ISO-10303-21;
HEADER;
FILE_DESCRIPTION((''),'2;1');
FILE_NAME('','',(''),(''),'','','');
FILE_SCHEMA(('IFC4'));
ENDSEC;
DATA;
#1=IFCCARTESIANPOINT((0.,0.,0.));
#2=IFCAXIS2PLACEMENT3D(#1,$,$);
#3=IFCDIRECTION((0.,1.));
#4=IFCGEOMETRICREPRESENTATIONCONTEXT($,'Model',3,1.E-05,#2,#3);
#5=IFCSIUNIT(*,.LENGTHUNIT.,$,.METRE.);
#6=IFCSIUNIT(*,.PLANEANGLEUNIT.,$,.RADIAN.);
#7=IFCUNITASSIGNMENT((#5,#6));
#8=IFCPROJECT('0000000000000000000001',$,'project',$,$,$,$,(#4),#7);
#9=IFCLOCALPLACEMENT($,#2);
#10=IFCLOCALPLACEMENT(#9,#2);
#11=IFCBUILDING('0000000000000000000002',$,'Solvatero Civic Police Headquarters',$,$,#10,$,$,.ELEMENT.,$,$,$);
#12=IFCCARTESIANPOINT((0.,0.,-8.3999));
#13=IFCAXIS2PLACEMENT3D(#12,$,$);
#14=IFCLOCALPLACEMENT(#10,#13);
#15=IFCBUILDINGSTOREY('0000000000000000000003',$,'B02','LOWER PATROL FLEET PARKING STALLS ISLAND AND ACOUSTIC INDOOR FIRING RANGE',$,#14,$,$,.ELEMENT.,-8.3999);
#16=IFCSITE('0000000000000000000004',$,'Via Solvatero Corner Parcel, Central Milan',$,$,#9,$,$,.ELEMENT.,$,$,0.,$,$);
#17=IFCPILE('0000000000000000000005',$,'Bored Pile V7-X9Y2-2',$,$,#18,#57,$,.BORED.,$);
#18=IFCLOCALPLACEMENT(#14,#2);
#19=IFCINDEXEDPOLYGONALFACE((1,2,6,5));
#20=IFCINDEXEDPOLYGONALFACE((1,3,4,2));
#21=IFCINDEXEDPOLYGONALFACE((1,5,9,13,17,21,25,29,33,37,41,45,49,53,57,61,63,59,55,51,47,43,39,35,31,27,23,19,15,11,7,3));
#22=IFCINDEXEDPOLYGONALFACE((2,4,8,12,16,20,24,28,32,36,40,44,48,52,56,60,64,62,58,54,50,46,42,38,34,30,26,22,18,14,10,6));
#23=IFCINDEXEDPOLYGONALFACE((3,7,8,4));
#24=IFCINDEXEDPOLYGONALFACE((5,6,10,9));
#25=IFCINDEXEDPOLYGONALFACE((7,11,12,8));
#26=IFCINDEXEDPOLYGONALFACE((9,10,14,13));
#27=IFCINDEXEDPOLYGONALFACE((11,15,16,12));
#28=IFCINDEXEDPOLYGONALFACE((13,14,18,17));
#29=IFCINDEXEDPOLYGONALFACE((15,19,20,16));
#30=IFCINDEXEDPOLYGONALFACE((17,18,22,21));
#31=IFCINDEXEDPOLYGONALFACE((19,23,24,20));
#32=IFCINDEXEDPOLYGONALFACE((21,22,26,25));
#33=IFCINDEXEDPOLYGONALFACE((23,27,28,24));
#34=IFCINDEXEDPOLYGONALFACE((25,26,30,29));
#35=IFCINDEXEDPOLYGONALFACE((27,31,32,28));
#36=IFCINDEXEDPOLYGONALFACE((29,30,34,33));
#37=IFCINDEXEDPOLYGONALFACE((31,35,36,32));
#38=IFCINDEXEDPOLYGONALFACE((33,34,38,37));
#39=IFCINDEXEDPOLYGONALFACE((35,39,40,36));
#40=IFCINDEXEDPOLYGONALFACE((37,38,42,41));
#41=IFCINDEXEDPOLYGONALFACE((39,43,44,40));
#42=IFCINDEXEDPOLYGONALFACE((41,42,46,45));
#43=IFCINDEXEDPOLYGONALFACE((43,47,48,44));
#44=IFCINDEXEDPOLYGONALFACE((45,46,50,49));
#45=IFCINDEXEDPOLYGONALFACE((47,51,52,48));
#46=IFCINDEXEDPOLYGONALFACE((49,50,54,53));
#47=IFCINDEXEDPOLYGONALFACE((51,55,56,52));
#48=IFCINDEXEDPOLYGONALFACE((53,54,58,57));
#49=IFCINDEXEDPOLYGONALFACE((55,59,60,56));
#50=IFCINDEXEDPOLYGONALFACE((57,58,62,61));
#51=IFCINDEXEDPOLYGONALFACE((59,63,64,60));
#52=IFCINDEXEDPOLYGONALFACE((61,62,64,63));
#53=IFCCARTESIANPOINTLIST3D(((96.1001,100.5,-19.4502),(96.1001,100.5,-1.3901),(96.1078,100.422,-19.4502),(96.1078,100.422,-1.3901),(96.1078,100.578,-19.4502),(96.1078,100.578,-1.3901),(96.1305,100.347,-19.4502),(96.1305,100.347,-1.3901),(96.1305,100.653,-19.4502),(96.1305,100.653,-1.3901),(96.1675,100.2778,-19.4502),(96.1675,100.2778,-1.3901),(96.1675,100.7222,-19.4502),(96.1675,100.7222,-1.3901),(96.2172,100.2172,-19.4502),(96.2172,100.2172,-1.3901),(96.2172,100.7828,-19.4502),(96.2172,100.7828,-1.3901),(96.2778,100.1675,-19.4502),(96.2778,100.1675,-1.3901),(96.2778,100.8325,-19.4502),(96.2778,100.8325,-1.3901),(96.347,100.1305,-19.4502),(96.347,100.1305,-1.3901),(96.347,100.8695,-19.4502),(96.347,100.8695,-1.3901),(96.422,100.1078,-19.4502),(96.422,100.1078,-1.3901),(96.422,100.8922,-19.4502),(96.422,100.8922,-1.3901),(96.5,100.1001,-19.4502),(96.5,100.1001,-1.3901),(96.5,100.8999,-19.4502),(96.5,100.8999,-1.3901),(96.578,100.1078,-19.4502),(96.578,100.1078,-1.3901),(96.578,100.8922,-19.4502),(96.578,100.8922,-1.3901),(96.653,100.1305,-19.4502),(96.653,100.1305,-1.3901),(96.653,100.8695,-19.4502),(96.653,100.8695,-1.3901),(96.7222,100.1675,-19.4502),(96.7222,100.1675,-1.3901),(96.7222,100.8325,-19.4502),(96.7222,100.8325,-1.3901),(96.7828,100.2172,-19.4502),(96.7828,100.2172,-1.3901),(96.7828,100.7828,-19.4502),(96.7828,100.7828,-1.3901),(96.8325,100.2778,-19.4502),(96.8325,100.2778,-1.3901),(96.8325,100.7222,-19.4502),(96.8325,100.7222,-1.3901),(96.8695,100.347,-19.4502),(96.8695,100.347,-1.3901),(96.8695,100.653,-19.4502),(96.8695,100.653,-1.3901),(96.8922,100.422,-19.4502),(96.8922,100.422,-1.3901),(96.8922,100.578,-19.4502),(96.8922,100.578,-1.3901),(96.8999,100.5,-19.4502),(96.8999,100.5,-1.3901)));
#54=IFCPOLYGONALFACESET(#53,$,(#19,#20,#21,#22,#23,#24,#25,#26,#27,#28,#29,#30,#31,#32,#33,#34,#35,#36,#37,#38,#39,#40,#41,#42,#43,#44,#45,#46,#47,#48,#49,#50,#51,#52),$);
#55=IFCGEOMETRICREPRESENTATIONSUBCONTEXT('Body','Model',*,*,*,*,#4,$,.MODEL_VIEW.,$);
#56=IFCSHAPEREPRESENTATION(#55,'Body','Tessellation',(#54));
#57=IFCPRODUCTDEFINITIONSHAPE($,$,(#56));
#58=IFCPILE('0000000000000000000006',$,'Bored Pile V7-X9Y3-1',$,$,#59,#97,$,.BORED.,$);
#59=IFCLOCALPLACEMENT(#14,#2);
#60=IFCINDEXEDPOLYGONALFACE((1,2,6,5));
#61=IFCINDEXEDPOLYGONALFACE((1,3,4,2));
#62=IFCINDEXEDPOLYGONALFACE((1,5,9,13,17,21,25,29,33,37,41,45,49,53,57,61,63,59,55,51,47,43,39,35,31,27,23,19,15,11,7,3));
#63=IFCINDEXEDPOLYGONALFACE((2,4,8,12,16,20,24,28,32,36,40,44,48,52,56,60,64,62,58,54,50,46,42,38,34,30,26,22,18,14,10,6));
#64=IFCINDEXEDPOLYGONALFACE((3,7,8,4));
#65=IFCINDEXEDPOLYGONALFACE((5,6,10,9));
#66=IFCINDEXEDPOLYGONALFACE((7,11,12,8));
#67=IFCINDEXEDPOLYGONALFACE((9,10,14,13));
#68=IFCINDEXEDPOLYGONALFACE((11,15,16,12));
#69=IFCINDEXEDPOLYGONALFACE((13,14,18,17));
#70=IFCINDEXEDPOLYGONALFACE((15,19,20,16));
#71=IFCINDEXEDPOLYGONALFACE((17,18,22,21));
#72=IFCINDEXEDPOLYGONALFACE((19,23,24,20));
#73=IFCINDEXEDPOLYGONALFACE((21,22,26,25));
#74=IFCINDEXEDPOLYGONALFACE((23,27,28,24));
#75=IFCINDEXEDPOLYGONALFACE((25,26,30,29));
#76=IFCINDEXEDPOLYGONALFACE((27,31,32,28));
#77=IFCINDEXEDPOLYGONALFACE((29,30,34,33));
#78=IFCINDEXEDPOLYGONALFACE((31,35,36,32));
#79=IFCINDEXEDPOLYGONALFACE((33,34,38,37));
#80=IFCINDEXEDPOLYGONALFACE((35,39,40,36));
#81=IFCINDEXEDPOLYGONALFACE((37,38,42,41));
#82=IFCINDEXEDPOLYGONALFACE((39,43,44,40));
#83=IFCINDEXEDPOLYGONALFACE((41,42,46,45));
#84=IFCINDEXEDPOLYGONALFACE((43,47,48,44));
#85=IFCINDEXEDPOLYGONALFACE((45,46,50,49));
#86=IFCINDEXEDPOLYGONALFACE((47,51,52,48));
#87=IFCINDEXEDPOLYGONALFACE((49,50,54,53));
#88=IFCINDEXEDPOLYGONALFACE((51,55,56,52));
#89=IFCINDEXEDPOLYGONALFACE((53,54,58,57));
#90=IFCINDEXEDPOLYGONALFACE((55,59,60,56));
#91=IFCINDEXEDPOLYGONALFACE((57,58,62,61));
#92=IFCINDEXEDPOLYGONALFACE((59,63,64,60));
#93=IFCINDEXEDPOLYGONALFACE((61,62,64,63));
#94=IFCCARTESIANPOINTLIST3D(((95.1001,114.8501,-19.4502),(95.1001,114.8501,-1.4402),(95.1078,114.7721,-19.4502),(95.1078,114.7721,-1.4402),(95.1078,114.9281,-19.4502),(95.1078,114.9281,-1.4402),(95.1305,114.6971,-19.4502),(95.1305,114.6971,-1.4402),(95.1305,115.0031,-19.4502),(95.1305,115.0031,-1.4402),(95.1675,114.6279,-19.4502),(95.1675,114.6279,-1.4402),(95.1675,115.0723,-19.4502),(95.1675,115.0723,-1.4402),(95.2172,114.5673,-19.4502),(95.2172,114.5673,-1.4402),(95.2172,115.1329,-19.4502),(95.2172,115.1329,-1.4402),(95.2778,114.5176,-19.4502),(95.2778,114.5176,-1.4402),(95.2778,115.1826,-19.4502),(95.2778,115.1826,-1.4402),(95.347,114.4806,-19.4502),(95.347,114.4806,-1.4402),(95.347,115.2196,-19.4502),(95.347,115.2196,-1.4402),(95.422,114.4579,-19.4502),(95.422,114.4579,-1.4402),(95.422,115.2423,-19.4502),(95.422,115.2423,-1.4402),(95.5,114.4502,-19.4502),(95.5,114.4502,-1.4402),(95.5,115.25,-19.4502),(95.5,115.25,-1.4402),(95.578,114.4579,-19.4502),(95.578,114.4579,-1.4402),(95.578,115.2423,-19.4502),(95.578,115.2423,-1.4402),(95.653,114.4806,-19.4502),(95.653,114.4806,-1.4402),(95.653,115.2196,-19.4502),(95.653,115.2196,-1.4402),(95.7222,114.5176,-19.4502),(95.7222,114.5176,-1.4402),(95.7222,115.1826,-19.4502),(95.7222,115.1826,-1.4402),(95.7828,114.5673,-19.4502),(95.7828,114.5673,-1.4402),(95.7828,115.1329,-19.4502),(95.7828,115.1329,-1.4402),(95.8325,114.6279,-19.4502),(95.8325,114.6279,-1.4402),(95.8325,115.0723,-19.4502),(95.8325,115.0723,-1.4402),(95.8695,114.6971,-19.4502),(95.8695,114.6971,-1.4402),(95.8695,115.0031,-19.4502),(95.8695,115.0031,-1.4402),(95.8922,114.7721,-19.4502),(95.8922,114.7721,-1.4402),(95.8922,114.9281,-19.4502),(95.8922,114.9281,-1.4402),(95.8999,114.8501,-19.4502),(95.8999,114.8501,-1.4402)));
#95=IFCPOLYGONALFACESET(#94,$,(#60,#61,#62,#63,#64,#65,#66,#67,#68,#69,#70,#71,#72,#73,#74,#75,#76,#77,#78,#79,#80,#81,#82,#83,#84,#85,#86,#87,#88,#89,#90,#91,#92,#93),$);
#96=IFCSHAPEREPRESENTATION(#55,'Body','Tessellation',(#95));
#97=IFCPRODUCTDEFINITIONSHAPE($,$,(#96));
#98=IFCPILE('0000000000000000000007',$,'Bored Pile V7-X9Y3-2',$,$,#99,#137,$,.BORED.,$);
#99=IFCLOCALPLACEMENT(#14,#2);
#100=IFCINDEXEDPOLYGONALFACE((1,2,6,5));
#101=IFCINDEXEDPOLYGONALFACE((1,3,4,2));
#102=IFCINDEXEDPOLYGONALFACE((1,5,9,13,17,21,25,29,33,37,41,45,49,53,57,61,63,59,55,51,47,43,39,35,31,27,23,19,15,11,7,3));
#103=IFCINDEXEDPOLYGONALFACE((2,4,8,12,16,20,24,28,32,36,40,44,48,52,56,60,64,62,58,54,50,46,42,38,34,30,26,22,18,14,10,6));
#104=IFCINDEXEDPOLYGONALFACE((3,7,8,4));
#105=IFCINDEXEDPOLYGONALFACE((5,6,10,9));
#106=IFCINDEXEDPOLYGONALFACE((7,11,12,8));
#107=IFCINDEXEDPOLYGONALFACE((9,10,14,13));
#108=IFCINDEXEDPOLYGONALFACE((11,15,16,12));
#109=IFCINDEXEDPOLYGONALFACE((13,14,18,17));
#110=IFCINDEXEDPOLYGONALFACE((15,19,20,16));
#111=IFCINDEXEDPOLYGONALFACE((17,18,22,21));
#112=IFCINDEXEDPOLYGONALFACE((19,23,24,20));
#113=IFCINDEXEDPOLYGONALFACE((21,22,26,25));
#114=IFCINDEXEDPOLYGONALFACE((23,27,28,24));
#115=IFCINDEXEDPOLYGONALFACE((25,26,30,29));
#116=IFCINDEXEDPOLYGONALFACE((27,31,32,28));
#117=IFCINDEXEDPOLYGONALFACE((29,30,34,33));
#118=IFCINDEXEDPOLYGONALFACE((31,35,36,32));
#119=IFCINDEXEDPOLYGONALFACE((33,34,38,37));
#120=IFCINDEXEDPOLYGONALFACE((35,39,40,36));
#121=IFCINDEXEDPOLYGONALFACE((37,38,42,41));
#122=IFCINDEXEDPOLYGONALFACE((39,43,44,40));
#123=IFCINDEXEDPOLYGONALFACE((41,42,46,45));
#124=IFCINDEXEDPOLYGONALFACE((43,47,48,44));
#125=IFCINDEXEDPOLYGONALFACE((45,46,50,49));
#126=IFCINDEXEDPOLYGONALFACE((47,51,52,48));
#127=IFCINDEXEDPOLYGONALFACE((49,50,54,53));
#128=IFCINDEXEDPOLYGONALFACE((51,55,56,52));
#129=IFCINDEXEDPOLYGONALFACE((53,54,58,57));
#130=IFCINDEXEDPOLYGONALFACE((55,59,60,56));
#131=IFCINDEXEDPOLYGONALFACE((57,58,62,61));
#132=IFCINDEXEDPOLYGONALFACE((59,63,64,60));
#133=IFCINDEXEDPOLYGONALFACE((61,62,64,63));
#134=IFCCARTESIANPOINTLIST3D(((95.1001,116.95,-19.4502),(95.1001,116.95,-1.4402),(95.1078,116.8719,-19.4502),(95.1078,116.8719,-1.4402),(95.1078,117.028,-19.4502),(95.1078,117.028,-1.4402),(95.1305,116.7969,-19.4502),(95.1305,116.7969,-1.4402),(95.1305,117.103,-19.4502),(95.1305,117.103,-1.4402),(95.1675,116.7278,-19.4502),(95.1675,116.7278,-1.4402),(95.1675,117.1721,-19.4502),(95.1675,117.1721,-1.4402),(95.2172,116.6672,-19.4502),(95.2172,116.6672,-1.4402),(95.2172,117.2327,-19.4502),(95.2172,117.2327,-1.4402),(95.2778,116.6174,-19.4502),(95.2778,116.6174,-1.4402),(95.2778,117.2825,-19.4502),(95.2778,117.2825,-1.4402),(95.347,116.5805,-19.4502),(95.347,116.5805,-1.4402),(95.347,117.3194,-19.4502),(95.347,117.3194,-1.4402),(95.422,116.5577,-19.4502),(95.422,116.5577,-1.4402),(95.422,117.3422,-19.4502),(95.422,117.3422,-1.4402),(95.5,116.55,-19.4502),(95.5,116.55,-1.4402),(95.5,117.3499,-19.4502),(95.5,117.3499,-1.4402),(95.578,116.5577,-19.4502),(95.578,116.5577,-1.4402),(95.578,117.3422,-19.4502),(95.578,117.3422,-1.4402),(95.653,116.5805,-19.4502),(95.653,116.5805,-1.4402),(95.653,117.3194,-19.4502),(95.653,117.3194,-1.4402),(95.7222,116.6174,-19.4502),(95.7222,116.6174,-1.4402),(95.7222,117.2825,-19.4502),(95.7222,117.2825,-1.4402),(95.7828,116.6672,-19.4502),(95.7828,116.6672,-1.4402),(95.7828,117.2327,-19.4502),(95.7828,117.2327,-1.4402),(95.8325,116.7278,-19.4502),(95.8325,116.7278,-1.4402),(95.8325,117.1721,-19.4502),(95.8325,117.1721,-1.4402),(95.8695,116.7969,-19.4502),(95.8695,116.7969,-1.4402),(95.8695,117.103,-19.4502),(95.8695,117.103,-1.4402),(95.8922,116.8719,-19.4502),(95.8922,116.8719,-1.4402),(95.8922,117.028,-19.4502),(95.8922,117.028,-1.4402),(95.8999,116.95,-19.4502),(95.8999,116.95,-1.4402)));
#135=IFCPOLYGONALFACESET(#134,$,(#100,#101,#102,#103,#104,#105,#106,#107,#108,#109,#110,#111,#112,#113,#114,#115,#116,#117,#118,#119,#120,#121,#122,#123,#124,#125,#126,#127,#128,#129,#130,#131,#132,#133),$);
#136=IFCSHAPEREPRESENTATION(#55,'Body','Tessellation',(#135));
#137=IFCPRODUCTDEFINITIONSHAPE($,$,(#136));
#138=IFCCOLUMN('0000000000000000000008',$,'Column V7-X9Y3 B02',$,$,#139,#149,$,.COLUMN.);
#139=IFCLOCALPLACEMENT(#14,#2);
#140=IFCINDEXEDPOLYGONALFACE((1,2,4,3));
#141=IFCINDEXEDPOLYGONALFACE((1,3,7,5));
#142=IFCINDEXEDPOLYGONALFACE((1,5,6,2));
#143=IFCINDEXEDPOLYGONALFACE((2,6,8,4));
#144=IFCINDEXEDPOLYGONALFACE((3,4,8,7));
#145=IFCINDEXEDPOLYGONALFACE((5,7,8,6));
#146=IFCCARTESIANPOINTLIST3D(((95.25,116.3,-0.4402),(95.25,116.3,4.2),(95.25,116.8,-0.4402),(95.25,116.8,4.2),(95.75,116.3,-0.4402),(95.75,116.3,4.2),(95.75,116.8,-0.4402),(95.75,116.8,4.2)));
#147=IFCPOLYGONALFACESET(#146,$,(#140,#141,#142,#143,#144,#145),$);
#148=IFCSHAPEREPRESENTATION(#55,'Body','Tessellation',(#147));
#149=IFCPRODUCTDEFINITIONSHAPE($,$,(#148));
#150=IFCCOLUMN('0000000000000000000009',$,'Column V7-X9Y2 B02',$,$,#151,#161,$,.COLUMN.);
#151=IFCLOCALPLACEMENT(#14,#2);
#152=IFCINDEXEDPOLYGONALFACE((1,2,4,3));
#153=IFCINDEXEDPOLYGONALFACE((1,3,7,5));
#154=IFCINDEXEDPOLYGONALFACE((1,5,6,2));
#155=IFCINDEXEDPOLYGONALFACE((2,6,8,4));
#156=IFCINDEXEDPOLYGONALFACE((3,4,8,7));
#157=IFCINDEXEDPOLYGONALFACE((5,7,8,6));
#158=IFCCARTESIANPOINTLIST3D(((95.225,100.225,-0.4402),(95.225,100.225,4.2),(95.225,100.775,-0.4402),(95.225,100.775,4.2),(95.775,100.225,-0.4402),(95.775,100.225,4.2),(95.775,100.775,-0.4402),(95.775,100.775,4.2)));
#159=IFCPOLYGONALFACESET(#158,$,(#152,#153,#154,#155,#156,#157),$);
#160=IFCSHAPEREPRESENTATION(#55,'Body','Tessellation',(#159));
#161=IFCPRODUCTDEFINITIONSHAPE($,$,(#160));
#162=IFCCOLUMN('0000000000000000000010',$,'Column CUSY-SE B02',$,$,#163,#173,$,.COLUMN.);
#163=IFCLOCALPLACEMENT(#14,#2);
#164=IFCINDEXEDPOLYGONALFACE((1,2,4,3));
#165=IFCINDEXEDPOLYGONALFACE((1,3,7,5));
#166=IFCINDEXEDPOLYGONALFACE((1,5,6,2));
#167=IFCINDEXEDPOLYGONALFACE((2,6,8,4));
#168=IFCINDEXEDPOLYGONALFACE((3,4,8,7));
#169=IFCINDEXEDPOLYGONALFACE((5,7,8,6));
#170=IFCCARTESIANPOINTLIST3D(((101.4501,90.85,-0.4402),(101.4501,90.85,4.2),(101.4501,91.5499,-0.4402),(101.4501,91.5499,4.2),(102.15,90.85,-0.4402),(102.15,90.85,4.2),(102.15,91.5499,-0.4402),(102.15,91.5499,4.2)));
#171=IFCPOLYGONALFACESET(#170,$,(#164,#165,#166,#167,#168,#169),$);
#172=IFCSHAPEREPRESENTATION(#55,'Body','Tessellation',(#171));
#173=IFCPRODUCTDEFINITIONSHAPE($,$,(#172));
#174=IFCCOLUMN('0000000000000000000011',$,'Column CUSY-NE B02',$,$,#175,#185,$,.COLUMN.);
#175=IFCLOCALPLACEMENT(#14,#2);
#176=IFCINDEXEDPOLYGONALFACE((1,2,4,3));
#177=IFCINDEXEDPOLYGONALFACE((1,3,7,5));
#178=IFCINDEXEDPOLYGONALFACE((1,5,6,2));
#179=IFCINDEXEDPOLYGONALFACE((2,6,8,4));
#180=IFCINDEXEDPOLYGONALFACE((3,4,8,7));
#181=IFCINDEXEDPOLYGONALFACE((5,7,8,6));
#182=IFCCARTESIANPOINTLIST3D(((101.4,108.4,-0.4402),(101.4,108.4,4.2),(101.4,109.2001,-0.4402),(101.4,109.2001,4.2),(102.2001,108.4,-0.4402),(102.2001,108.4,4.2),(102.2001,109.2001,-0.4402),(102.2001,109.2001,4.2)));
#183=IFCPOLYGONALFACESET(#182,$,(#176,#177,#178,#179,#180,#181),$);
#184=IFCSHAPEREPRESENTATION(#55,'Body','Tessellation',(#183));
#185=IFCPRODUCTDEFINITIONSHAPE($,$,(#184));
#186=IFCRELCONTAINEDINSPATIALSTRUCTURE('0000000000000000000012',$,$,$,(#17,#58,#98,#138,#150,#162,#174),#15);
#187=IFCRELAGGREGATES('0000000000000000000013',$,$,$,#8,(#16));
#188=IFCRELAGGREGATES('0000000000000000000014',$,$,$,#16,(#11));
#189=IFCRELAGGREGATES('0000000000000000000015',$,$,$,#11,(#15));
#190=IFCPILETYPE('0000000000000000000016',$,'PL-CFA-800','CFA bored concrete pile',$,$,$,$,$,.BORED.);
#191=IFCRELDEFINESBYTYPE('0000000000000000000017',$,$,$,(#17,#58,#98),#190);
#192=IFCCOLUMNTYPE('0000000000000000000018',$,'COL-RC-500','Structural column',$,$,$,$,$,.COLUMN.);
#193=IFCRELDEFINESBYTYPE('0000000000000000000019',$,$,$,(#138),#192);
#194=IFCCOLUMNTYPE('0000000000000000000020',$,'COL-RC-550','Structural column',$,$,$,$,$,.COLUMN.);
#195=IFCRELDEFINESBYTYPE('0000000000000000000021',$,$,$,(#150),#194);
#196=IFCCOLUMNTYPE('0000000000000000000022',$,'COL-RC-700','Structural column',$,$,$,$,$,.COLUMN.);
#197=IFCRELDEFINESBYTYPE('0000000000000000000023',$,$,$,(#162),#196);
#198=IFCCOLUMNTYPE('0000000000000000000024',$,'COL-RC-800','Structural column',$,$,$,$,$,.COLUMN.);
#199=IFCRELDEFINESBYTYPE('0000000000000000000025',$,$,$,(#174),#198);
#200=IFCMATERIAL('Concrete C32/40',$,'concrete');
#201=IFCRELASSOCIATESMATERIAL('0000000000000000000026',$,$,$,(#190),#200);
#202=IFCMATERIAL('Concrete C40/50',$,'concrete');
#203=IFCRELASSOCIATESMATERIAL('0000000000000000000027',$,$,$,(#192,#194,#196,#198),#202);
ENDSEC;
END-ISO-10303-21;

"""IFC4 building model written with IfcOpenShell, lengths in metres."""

from ifc_helpers import new_model, si_unit, direction, frame, origin, origin_2d, place, context, subcontext, project, spatial, rectangle, circle, extrude, material, material_profile, profile_set, type_object, element, save


model = new_model("IFC4")

# Units and contexts
model_context = context("Model", 3, precision=1e-05, world=origin(), true_north=direction((0.0, 1.0)))
body_context = subcontext(model_context, "Body", "Model", "MODEL_VIEW")
ifc_project = project(units=[si_unit("LENGTHUNIT", "METRE"), si_unit("PLANEANGLEUNIT", "RADIAN")], contexts=[model_context])

# Site, building, storey
site_placement = place(None, origin())
site = spatial("IfcSite", under=ifc_project, at=site_placement, Name="Via Solvatero Corner Parcel, Central Milan", CompositionType="ELEMENT", RefElevation=0.0)
building_placement = place(site_placement, origin())
building = spatial("IfcBuilding", under=site, at=building_placement, Name="Solvatero Civic Police Headquarters", CompositionType="ELEMENT")
storey_placement = place(building_placement, frame((0.0, 0.0, -8.3999)))
storey = spatial("IfcBuildingStorey", under=building, at=storey_placement, Name="B02", Description="LOWER PATROL FLEET PARKING STALLS ISLAND AND ACOUSTIC INDOOR FIRING RANGE", CompositionType="ELEMENT", Elevation=-8.3999)

# Piles
ifc_material_1 = material(Name="Concrete C32/40", Category="concrete")
ifc_material_profile_1 = material_profile(ifc_material_1, circle(Radius=0.3999, at=origin_2d()), Name="CFA PILE D800")
ifc_profile_set_1 = profile_set([ifc_material_profile_1], Name="Concrete C32/40")
pile_type_1 = type_object("IfcPileType", Name="PL-CFA-800", Description="CFA bored concrete pile", PredefinedType="BORED", material=ifc_profile_set_1)
for number, where, z_axis, x_axis, name in (
    (1, (96.5, 100.5, -1.3901), (0.0, 0.0, -1.0), (1.0, 0.0, 0.0), "Bored Pile V7-X9Y2-2"),
):
    element("IfcPile", number, at=place(storey_placement, frame(where, z_axis=z_axis, x_axis=x_axis)), inside=storey, type_object=pile_type_1, Name=name, PredefinedType="BORED", context=body_context, shape_type="SweptSolid", body=[
        extrude(circle(Radius=0.3999, at=origin_2d()), origin(), (0.0, 0.0, 1.0), 18.0601),
    ])
for number, where, z_axis, x_axis, name in (
    (2, (95.5, 114.8501, -1.4402), (0.0, 0.0, -1.0), (1.0, 0.0, 0.0), "Bored Pile V7-X9Y3-1"),
    (3, (95.5, 116.95, -1.4402), (0.0, 0.0, -1.0), (1.0, 0.0, 0.0), "Bored Pile V7-X9Y3-2"),
):
    element("IfcPile", number, at=place(storey_placement, frame(where, z_axis=z_axis, x_axis=x_axis)), inside=storey, type_object=pile_type_1, Name=name, PredefinedType="BORED", context=body_context, shape_type="SweptSolid", body=[
        extrude(circle(Radius=0.3999, at=origin_2d()), origin(), (0.0, 0.0, 1.0), 18.01),
    ])

# Columns
ifc_material_2 = material(Name="Concrete C40/50", Category="concrete")
ifc_material_profile_2 = material_profile(ifc_material_2, rectangle(XDim=0.5, YDim=0.5, at=origin_2d()), Name="RC 500x500")
ifc_profile_set_2 = profile_set([ifc_material_profile_2], Name="Concrete C40/50")
column_type_1 = type_object("IfcColumnType", Name="COL-RC-500", Description="Structural column", PredefinedType="COLUMN", material=ifc_profile_set_2)
column_1_placement = place(storey_placement, frame((95.5, 116.55, -0.4402), z_axis=(0.0, 0.0, 1.0), x_axis=(1.0, 0.0, 0.0)))
element("IfcColumn", 4, at=column_1_placement, inside=storey, type_object=column_type_1, Name="Column V7-X9Y3 B02", PredefinedType="COLUMN", context=body_context, shape_type="SweptSolid", body=[
    extrude(rectangle(XDim=0.5, YDim=0.5, at=origin_2d()), origin(), (0.0, 0.0, 1.0), 4.6401),
])
ifc_material_profile_3 = material_profile(ifc_material_2, rectangle(XDim=0.55, YDim=0.55, at=origin_2d()), Name="RC 550x550")
ifc_profile_set_3 = profile_set([ifc_material_profile_3], Name="Concrete C40/50")
column_type_2 = type_object("IfcColumnType", Name="COL-RC-550", Description="Structural column", PredefinedType="COLUMN", material=ifc_profile_set_3)
column_2_placement = place(storey_placement, frame((95.5, 100.5, -0.4402), z_axis=(0.0, 0.0, 1.0), x_axis=(1.0, 0.0, 0.0)))
element("IfcColumn", 5, at=column_2_placement, inside=storey, type_object=column_type_2, Name="Column V7-X9Y2 B02", PredefinedType="COLUMN", context=body_context, shape_type="SweptSolid", body=[
    extrude(rectangle(XDim=0.55, YDim=0.55, at=origin_2d()), origin(), (0.0, 0.0, 1.0), 4.6401),
])
ifc_material_profile_4 = material_profile(ifc_material_2, rectangle(XDim=0.7, YDim=0.7, at=origin_2d()), Name="RC 700x700")
ifc_profile_set_4 = profile_set([ifc_material_profile_4], Name="Concrete C40/50")
column_type_3 = type_object("IfcColumnType", Name="COL-RC-700", Description="Structural column", PredefinedType="COLUMN", material=ifc_profile_set_4)
column_3_placement = place(storey_placement, frame((101.8, 91.2, -0.4402), z_axis=(0.0, 0.0, 1.0), x_axis=(1.0, 0.0, 0.0)))
element("IfcColumn", 6, at=column_3_placement, inside=storey, type_object=column_type_3, Name="Column CUSY-SE B02", PredefinedType="COLUMN", context=body_context, shape_type="SweptSolid", body=[
    extrude(rectangle(XDim=0.7, YDim=0.7, at=origin_2d()), origin(), (0.0, 0.0, 1.0), 4.6401),
])
ifc_material_profile_5 = material_profile(ifc_material_2, rectangle(XDim=0.8, YDim=0.8, at=origin_2d()), Name="RC 800x800")
ifc_profile_set_5 = profile_set([ifc_material_profile_5], Name="Concrete C40/50")
column_type_4 = type_object("IfcColumnType", Name="COL-RC-800", Description="Structural column", PredefinedType="COLUMN", material=ifc_profile_set_5)
column_4_placement = place(storey_placement, frame((101.8, 108.8, -0.4402), z_axis=(0.0, 0.0, 1.0), x_axis=(1.0, 0.0, 0.0)))
element("IfcColumn", 7, at=column_4_placement, inside=storey, type_object=column_type_4, Name="Column CUSY-NE B02", PredefinedType="COLUMN", context=body_context, shape_type="SweptSolid", body=[
    extrude(rectangle(XDim=0.8, YDim=0.8, at=origin_2d()), origin(), (0.0, 0.0, 1.0), 4.6401),
])

save(model, "model.ifc")
